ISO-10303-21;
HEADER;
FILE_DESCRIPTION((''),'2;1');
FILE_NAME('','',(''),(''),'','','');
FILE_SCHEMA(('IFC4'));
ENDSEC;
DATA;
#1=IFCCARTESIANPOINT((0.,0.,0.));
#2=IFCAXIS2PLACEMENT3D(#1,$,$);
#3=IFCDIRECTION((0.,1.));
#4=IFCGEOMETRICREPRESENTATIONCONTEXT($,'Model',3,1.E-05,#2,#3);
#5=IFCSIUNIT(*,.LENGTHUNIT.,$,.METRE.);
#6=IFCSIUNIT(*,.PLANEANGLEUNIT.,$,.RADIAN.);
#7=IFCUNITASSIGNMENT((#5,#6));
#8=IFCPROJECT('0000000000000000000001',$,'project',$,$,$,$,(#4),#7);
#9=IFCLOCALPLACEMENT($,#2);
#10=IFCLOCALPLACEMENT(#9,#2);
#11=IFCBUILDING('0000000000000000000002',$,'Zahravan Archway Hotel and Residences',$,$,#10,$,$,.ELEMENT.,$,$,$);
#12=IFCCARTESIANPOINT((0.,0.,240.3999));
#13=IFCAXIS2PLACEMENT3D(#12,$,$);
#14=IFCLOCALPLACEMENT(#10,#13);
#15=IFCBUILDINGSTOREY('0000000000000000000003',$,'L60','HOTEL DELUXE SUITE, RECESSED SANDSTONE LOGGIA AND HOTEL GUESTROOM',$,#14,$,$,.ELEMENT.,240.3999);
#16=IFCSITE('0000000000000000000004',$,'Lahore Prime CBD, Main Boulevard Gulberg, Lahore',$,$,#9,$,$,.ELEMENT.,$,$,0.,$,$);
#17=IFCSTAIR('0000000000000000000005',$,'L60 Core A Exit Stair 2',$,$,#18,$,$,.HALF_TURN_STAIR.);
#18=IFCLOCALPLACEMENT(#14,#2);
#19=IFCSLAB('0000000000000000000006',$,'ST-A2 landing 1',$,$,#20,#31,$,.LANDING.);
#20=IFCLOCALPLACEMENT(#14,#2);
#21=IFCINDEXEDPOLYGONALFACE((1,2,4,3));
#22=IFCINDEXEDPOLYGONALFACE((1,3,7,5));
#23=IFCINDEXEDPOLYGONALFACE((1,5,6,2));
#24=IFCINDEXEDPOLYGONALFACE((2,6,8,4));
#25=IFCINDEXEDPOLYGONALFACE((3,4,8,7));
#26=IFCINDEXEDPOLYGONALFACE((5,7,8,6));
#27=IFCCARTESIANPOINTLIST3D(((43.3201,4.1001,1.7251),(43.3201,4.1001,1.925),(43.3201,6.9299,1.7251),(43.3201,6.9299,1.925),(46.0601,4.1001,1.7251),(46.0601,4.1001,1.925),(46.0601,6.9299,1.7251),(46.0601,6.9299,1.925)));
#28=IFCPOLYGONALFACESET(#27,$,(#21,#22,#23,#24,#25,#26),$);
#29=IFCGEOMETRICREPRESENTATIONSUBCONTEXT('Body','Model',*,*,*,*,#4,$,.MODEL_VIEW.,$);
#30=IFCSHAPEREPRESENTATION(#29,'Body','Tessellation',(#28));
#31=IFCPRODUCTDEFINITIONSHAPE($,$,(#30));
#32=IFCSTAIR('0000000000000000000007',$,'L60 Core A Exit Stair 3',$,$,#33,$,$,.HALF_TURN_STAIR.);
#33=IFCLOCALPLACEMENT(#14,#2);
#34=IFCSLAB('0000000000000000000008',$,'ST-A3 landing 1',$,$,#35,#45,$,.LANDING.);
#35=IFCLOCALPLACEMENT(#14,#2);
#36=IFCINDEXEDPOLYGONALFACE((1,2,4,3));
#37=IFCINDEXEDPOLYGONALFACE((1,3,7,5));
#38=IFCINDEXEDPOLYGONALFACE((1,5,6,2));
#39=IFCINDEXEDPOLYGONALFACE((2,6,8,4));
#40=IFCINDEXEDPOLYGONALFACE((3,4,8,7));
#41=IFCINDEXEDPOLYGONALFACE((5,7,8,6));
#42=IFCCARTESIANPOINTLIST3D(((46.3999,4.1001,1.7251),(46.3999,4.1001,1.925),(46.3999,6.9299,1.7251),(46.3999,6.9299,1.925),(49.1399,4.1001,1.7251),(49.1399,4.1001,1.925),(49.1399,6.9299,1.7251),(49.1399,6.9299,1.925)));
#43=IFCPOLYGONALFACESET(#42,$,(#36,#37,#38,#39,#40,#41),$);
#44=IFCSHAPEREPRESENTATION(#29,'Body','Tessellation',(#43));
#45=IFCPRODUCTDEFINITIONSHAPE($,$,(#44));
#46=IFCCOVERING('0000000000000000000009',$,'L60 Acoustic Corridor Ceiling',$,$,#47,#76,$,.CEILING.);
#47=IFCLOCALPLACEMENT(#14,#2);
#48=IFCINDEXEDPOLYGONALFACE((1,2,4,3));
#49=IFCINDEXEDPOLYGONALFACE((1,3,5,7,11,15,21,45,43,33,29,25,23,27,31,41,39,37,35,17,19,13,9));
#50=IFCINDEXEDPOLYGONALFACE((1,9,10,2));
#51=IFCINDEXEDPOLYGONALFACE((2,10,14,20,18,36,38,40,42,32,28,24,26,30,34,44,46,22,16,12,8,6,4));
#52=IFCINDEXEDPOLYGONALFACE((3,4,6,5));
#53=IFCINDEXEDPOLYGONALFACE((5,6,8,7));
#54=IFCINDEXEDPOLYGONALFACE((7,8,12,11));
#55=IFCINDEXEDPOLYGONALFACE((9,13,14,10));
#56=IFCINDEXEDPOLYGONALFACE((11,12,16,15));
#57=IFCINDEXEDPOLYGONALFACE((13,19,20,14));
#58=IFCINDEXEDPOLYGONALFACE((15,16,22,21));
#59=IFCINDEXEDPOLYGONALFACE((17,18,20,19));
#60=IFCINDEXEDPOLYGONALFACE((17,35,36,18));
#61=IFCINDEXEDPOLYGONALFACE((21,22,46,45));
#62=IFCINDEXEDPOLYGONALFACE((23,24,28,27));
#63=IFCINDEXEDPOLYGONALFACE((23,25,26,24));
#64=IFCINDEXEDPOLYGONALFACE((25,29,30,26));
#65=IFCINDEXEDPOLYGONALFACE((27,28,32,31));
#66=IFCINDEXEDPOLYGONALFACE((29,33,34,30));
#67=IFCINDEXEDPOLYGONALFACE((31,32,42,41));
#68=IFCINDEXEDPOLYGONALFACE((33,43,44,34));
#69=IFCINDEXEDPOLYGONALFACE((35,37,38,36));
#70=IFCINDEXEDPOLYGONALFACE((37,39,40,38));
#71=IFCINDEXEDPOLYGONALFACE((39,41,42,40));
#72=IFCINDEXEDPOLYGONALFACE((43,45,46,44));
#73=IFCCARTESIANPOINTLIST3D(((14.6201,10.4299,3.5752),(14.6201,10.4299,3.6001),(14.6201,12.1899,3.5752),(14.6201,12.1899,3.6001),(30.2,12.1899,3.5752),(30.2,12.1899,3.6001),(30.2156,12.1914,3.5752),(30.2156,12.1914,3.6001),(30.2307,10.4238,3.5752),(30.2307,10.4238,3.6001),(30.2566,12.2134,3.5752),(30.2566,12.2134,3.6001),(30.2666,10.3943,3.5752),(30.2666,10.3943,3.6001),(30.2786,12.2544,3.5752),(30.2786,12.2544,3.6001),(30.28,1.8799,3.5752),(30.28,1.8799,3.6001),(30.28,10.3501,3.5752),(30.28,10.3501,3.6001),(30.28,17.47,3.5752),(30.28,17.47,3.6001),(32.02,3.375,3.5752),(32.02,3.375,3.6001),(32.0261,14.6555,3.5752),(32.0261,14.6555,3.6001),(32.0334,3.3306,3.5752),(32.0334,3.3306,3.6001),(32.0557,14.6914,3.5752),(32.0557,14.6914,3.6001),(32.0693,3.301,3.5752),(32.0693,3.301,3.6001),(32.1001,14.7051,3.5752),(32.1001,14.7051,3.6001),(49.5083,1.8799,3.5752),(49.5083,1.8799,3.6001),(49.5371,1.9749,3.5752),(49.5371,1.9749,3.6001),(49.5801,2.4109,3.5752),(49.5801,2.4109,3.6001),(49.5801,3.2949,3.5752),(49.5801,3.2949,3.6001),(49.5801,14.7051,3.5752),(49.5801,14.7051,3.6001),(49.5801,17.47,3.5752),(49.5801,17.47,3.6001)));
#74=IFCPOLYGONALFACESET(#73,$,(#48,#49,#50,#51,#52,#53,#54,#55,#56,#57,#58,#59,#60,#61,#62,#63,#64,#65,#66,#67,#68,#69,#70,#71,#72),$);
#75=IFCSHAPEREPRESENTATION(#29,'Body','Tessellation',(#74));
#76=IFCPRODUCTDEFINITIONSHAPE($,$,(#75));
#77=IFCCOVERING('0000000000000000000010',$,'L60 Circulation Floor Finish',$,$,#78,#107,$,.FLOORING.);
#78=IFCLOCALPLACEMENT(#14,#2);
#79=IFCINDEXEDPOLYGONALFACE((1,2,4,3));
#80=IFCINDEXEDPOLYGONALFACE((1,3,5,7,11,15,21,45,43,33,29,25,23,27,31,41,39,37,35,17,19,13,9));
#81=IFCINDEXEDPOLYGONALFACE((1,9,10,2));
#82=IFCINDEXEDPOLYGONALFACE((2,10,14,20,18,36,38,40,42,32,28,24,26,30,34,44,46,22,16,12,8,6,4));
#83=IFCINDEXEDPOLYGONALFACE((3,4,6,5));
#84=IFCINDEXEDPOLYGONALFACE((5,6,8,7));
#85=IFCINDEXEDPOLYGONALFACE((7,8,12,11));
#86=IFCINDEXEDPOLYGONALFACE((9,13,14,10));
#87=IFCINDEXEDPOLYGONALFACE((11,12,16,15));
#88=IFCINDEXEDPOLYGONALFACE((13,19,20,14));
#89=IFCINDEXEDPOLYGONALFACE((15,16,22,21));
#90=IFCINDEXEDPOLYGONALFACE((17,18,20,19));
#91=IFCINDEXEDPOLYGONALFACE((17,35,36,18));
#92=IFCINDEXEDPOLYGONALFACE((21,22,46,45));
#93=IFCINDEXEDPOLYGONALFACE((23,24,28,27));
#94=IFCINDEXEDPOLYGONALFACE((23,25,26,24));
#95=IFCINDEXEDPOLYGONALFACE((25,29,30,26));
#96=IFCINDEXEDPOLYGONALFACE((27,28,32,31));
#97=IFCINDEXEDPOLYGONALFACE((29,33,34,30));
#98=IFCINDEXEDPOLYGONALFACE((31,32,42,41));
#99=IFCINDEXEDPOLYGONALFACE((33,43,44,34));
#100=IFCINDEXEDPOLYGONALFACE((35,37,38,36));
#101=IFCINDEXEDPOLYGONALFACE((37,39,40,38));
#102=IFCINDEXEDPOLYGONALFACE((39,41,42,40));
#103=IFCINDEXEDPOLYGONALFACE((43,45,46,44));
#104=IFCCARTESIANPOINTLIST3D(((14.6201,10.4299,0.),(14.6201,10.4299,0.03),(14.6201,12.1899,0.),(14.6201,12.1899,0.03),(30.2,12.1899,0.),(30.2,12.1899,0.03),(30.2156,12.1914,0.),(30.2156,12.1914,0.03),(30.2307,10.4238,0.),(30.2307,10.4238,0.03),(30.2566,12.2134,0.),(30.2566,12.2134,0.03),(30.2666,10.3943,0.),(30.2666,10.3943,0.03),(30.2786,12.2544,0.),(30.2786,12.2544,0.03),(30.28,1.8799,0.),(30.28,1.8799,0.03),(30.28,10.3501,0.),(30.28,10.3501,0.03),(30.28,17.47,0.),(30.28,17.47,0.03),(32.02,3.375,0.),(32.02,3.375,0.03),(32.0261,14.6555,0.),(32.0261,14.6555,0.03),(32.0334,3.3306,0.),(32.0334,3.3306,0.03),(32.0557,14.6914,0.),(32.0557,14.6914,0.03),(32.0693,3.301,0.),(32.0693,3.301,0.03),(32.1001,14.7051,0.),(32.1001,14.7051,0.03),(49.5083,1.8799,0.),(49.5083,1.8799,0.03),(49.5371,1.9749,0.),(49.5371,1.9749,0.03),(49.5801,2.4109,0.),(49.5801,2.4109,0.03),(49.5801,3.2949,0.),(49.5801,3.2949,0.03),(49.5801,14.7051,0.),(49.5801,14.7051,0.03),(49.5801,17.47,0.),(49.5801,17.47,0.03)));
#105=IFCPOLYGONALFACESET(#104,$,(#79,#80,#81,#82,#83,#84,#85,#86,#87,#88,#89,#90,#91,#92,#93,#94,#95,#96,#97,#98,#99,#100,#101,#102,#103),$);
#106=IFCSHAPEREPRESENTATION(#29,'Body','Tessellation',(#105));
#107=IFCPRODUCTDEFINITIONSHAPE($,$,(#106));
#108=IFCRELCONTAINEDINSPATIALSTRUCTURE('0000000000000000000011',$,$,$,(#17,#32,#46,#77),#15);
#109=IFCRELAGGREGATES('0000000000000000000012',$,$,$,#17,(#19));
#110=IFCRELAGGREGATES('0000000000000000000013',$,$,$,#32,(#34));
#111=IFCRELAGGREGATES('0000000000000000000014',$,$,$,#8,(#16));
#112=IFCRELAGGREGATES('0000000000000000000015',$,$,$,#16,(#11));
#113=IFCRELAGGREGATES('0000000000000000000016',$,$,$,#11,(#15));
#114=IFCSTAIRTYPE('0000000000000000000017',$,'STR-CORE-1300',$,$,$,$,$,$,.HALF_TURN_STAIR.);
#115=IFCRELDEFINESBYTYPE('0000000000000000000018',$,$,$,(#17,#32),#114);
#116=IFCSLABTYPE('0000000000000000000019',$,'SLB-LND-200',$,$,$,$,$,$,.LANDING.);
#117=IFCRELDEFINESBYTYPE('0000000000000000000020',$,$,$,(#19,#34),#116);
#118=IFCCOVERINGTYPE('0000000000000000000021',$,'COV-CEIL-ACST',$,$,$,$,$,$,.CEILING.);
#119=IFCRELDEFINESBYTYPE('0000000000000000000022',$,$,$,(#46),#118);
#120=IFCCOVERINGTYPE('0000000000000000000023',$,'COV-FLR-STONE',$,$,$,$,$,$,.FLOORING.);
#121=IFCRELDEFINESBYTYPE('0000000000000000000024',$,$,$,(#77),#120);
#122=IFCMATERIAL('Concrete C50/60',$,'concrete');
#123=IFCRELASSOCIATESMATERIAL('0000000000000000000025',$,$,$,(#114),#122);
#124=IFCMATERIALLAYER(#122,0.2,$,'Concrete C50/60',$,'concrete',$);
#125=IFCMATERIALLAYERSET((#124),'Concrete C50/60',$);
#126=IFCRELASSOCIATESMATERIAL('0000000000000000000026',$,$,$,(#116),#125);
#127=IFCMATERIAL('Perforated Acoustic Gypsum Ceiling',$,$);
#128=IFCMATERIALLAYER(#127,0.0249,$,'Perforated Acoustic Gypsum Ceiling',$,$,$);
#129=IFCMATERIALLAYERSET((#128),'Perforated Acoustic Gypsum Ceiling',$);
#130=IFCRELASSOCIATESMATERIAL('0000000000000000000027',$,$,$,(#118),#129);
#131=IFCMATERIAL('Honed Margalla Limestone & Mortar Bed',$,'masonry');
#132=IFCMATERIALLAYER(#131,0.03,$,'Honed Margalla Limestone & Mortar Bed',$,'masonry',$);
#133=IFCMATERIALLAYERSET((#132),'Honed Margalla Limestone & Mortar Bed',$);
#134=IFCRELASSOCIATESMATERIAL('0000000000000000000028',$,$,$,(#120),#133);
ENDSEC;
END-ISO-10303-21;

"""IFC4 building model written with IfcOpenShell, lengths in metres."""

from ifc_helpers import new_model, si_unit, direction, frame, origin, place, context, subcontext, project, spatial, polyline, outline, extrude, material, layer, layer_set, type_object, element, aggregate, save


model = new_model("IFC4")

# Units and contexts
model_context = context("Model", 3, precision=1e-05, world=origin(), true_north=direction((0.0, 1.0)))
body_context = subcontext(model_context, "Body", "Model", "MODEL_VIEW")
ifc_project = project(units=[si_unit("LENGTHUNIT", "METRE"), si_unit("PLANEANGLEUNIT", "RADIAN")], contexts=[model_context])

# Site, building, storey
site_placement = place(None, origin())
site = spatial("IfcSite", under=ifc_project, at=site_placement, Name="Lahore Prime CBD, Main Boulevard Gulberg, Lahore", CompositionType="ELEMENT", RefElevation=0.0)
building_placement = place(site_placement, origin())
building = spatial("IfcBuilding", under=site, at=building_placement, Name="Zahravan Archway Hotel and Residences", CompositionType="ELEMENT")
storey_placement = place(building_placement, frame((0.0, 0.0, 240.3999)))
storey = spatial("IfcBuildingStorey", under=building, at=storey_placement, Name="L60", Description="HOTEL DELUXE SUITE, RECESSED SANDSTONE LOGGIA AND HOTEL GUESTROOM", CompositionType="ELEMENT", Elevation=240.3999)

# Stairs, slabs
ifc_material_1 = material(Name="Concrete C50/60", Category="concrete")
stair_type = type_object("IfcStairType", Name="STR-CORE-1300", PredefinedType="HALF_TURN_STAIR", material=ifc_material_1)
ifc_layer_1 = layer(ifc_material_1, 0.2, Name="Concrete C50/60", Category="concrete")
ifc_layer_set_1 = layer_set([ifc_layer_1], Name="Concrete C50/60")
slab_type_1 = type_object("IfcSlabType", Name="SLB-LND-200", PredefinedType="LANDING", material=ifc_layer_set_1)
stair_1_placement = place(storey_placement, origin())
stair_1 = element("IfcStair", 1, at=stair_1_placement, inside=storey, type_object=stair_type, Name="L60 Core A Exit Stair 2", PredefinedType="HALF_TURN_STAIR")
slab_1_placement = place(storey_placement, frame((0.0, 0.0, 1.7251)))
slab_1 = element("IfcSlab", 2, at=slab_1_placement, type_object=slab_type_1, Name="ST-A2 landing 1", PredefinedType="LANDING", context=body_context, shape_type="SweptSolid", body=[
    extrude(outline(polyline([(43.3201, 6.9299), (43.3201, 4.1001), (46.0601, 4.1001), (46.0601, 6.9299), (43.3201, 6.9299)])), origin(), (0.0, 0.0, 1.0), 0.2),
])
aggregate(stair_1, [slab_1])
stair_2_placement = place(storey_placement, origin())
stair_2 = element("IfcStair", 3, at=stair_2_placement, inside=storey, type_object=stair_type, Name="L60 Core A Exit Stair 3", PredefinedType="HALF_TURN_STAIR")
slab_2_placement = place(storey_placement, frame((0.0, 0.0, 1.7251)))
slab_2 = element("IfcSlab", 4, at=slab_2_placement, type_object=slab_type_1, Name="ST-A3 landing 1", PredefinedType="LANDING", context=body_context, shape_type="SweptSolid", body=[
    extrude(outline(polyline([(46.3999, 6.9299), (46.3999, 4.1001), (49.1399, 4.1001), (49.1399, 6.9299), (46.3999, 6.9299)])), origin(), (0.0, 0.0, 1.0), 0.2),
])
aggregate(stair_2, [slab_2])

# Coverings
ifc_material_2 = material(Name="Perforated Acoustic Gypsum Ceiling")
ifc_layer_2 = layer(ifc_material_2, 0.0249, Name="Perforated Acoustic Gypsum Ceiling")
ifc_layer_set_2 = layer_set([ifc_layer_2], Name="Perforated Acoustic Gypsum Ceiling")
covering_type_1 = type_object("IfcCoveringType", Name="COV-CEIL-ACST", PredefinedType="CEILING", material=ifc_layer_set_2)
covering_1_placement = place(storey_placement, frame((0.0, 0.0, 3.5752)))
element("IfcCovering", 5, at=covering_1_placement, inside=storey, type_object=covering_type_1, Name="L60 Acoustic Corridor Ceiling", PredefinedType="CEILING", context=body_context, shape_type="SweptSolid", body=[
    extrude(outline(polyline([(30.2156, 12.1914), (30.2566, 12.2134), (30.2786, 12.2544), (30.28, 17.47), (49.5801, 17.47), (49.5801, 14.7051), (32.1001, 14.7051), (32.0557, 14.6914), (32.0261, 14.6555), (32.02, 3.375), (32.0334, 3.3306), (32.0693, 3.301), (49.5801, 3.2949), (49.5801, 2.4109), (49.5371, 1.9749), (49.5083, 1.8799), (30.28, 1.8799), (30.28, 10.3501), (30.2666, 10.3943), (30.2307, 10.4238), (14.6201, 10.4299), (14.6201, 12.1899), (30.2, 12.1899), (30.2156, 12.1914)])), origin(), (0.0, 0.0, 1.0), 0.0249),
])
ifc_material_3 = material(Name="Honed Margalla Limestone & Mortar Bed", Category="masonry")
ifc_layer_3 = layer(ifc_material_3, 0.03, Name="Honed Margalla Limestone & Mortar Bed", Category="masonry")
ifc_layer_set_3 = layer_set([ifc_layer_3], Name="Honed Margalla Limestone & Mortar Bed")
covering_type_2 = type_object("IfcCoveringType", Name="COV-FLR-STONE", PredefinedType="FLOORING", material=ifc_layer_set_3)
covering_2_placement = place(storey_placement, origin())
element("IfcCovering", 6, at=covering_2_placement, inside=storey, type_object=covering_type_2, Name="L60 Circulation Floor Finish", PredefinedType="FLOORING", context=body_context, shape_type="SweptSolid", body=[
    extrude(outline(polyline([(30.2156, 12.1914), (30.2566, 12.2134), (30.2786, 12.2544), (30.28, 17.47), (49.5801, 17.47), (49.5801, 14.7051), (32.1001, 14.7051), (32.0557, 14.6914), (32.0261, 14.6555), (32.02, 3.375), (32.0334, 3.3306), (32.0693, 3.301), (49.5801, 3.2949), (49.5801, 2.4109), (49.5371, 1.9749), (49.5083, 1.8799), (30.28, 1.8799), (30.28, 10.3501), (30.2666, 10.3943), (30.2307, 10.4238), (14.6201, 10.4299), (14.6201, 12.1899), (30.2, 12.1899), (30.2156, 12.1914)])), origin(), (0.0, 0.0, 1.0), 0.03),
])

save(model, "model.ifc")
